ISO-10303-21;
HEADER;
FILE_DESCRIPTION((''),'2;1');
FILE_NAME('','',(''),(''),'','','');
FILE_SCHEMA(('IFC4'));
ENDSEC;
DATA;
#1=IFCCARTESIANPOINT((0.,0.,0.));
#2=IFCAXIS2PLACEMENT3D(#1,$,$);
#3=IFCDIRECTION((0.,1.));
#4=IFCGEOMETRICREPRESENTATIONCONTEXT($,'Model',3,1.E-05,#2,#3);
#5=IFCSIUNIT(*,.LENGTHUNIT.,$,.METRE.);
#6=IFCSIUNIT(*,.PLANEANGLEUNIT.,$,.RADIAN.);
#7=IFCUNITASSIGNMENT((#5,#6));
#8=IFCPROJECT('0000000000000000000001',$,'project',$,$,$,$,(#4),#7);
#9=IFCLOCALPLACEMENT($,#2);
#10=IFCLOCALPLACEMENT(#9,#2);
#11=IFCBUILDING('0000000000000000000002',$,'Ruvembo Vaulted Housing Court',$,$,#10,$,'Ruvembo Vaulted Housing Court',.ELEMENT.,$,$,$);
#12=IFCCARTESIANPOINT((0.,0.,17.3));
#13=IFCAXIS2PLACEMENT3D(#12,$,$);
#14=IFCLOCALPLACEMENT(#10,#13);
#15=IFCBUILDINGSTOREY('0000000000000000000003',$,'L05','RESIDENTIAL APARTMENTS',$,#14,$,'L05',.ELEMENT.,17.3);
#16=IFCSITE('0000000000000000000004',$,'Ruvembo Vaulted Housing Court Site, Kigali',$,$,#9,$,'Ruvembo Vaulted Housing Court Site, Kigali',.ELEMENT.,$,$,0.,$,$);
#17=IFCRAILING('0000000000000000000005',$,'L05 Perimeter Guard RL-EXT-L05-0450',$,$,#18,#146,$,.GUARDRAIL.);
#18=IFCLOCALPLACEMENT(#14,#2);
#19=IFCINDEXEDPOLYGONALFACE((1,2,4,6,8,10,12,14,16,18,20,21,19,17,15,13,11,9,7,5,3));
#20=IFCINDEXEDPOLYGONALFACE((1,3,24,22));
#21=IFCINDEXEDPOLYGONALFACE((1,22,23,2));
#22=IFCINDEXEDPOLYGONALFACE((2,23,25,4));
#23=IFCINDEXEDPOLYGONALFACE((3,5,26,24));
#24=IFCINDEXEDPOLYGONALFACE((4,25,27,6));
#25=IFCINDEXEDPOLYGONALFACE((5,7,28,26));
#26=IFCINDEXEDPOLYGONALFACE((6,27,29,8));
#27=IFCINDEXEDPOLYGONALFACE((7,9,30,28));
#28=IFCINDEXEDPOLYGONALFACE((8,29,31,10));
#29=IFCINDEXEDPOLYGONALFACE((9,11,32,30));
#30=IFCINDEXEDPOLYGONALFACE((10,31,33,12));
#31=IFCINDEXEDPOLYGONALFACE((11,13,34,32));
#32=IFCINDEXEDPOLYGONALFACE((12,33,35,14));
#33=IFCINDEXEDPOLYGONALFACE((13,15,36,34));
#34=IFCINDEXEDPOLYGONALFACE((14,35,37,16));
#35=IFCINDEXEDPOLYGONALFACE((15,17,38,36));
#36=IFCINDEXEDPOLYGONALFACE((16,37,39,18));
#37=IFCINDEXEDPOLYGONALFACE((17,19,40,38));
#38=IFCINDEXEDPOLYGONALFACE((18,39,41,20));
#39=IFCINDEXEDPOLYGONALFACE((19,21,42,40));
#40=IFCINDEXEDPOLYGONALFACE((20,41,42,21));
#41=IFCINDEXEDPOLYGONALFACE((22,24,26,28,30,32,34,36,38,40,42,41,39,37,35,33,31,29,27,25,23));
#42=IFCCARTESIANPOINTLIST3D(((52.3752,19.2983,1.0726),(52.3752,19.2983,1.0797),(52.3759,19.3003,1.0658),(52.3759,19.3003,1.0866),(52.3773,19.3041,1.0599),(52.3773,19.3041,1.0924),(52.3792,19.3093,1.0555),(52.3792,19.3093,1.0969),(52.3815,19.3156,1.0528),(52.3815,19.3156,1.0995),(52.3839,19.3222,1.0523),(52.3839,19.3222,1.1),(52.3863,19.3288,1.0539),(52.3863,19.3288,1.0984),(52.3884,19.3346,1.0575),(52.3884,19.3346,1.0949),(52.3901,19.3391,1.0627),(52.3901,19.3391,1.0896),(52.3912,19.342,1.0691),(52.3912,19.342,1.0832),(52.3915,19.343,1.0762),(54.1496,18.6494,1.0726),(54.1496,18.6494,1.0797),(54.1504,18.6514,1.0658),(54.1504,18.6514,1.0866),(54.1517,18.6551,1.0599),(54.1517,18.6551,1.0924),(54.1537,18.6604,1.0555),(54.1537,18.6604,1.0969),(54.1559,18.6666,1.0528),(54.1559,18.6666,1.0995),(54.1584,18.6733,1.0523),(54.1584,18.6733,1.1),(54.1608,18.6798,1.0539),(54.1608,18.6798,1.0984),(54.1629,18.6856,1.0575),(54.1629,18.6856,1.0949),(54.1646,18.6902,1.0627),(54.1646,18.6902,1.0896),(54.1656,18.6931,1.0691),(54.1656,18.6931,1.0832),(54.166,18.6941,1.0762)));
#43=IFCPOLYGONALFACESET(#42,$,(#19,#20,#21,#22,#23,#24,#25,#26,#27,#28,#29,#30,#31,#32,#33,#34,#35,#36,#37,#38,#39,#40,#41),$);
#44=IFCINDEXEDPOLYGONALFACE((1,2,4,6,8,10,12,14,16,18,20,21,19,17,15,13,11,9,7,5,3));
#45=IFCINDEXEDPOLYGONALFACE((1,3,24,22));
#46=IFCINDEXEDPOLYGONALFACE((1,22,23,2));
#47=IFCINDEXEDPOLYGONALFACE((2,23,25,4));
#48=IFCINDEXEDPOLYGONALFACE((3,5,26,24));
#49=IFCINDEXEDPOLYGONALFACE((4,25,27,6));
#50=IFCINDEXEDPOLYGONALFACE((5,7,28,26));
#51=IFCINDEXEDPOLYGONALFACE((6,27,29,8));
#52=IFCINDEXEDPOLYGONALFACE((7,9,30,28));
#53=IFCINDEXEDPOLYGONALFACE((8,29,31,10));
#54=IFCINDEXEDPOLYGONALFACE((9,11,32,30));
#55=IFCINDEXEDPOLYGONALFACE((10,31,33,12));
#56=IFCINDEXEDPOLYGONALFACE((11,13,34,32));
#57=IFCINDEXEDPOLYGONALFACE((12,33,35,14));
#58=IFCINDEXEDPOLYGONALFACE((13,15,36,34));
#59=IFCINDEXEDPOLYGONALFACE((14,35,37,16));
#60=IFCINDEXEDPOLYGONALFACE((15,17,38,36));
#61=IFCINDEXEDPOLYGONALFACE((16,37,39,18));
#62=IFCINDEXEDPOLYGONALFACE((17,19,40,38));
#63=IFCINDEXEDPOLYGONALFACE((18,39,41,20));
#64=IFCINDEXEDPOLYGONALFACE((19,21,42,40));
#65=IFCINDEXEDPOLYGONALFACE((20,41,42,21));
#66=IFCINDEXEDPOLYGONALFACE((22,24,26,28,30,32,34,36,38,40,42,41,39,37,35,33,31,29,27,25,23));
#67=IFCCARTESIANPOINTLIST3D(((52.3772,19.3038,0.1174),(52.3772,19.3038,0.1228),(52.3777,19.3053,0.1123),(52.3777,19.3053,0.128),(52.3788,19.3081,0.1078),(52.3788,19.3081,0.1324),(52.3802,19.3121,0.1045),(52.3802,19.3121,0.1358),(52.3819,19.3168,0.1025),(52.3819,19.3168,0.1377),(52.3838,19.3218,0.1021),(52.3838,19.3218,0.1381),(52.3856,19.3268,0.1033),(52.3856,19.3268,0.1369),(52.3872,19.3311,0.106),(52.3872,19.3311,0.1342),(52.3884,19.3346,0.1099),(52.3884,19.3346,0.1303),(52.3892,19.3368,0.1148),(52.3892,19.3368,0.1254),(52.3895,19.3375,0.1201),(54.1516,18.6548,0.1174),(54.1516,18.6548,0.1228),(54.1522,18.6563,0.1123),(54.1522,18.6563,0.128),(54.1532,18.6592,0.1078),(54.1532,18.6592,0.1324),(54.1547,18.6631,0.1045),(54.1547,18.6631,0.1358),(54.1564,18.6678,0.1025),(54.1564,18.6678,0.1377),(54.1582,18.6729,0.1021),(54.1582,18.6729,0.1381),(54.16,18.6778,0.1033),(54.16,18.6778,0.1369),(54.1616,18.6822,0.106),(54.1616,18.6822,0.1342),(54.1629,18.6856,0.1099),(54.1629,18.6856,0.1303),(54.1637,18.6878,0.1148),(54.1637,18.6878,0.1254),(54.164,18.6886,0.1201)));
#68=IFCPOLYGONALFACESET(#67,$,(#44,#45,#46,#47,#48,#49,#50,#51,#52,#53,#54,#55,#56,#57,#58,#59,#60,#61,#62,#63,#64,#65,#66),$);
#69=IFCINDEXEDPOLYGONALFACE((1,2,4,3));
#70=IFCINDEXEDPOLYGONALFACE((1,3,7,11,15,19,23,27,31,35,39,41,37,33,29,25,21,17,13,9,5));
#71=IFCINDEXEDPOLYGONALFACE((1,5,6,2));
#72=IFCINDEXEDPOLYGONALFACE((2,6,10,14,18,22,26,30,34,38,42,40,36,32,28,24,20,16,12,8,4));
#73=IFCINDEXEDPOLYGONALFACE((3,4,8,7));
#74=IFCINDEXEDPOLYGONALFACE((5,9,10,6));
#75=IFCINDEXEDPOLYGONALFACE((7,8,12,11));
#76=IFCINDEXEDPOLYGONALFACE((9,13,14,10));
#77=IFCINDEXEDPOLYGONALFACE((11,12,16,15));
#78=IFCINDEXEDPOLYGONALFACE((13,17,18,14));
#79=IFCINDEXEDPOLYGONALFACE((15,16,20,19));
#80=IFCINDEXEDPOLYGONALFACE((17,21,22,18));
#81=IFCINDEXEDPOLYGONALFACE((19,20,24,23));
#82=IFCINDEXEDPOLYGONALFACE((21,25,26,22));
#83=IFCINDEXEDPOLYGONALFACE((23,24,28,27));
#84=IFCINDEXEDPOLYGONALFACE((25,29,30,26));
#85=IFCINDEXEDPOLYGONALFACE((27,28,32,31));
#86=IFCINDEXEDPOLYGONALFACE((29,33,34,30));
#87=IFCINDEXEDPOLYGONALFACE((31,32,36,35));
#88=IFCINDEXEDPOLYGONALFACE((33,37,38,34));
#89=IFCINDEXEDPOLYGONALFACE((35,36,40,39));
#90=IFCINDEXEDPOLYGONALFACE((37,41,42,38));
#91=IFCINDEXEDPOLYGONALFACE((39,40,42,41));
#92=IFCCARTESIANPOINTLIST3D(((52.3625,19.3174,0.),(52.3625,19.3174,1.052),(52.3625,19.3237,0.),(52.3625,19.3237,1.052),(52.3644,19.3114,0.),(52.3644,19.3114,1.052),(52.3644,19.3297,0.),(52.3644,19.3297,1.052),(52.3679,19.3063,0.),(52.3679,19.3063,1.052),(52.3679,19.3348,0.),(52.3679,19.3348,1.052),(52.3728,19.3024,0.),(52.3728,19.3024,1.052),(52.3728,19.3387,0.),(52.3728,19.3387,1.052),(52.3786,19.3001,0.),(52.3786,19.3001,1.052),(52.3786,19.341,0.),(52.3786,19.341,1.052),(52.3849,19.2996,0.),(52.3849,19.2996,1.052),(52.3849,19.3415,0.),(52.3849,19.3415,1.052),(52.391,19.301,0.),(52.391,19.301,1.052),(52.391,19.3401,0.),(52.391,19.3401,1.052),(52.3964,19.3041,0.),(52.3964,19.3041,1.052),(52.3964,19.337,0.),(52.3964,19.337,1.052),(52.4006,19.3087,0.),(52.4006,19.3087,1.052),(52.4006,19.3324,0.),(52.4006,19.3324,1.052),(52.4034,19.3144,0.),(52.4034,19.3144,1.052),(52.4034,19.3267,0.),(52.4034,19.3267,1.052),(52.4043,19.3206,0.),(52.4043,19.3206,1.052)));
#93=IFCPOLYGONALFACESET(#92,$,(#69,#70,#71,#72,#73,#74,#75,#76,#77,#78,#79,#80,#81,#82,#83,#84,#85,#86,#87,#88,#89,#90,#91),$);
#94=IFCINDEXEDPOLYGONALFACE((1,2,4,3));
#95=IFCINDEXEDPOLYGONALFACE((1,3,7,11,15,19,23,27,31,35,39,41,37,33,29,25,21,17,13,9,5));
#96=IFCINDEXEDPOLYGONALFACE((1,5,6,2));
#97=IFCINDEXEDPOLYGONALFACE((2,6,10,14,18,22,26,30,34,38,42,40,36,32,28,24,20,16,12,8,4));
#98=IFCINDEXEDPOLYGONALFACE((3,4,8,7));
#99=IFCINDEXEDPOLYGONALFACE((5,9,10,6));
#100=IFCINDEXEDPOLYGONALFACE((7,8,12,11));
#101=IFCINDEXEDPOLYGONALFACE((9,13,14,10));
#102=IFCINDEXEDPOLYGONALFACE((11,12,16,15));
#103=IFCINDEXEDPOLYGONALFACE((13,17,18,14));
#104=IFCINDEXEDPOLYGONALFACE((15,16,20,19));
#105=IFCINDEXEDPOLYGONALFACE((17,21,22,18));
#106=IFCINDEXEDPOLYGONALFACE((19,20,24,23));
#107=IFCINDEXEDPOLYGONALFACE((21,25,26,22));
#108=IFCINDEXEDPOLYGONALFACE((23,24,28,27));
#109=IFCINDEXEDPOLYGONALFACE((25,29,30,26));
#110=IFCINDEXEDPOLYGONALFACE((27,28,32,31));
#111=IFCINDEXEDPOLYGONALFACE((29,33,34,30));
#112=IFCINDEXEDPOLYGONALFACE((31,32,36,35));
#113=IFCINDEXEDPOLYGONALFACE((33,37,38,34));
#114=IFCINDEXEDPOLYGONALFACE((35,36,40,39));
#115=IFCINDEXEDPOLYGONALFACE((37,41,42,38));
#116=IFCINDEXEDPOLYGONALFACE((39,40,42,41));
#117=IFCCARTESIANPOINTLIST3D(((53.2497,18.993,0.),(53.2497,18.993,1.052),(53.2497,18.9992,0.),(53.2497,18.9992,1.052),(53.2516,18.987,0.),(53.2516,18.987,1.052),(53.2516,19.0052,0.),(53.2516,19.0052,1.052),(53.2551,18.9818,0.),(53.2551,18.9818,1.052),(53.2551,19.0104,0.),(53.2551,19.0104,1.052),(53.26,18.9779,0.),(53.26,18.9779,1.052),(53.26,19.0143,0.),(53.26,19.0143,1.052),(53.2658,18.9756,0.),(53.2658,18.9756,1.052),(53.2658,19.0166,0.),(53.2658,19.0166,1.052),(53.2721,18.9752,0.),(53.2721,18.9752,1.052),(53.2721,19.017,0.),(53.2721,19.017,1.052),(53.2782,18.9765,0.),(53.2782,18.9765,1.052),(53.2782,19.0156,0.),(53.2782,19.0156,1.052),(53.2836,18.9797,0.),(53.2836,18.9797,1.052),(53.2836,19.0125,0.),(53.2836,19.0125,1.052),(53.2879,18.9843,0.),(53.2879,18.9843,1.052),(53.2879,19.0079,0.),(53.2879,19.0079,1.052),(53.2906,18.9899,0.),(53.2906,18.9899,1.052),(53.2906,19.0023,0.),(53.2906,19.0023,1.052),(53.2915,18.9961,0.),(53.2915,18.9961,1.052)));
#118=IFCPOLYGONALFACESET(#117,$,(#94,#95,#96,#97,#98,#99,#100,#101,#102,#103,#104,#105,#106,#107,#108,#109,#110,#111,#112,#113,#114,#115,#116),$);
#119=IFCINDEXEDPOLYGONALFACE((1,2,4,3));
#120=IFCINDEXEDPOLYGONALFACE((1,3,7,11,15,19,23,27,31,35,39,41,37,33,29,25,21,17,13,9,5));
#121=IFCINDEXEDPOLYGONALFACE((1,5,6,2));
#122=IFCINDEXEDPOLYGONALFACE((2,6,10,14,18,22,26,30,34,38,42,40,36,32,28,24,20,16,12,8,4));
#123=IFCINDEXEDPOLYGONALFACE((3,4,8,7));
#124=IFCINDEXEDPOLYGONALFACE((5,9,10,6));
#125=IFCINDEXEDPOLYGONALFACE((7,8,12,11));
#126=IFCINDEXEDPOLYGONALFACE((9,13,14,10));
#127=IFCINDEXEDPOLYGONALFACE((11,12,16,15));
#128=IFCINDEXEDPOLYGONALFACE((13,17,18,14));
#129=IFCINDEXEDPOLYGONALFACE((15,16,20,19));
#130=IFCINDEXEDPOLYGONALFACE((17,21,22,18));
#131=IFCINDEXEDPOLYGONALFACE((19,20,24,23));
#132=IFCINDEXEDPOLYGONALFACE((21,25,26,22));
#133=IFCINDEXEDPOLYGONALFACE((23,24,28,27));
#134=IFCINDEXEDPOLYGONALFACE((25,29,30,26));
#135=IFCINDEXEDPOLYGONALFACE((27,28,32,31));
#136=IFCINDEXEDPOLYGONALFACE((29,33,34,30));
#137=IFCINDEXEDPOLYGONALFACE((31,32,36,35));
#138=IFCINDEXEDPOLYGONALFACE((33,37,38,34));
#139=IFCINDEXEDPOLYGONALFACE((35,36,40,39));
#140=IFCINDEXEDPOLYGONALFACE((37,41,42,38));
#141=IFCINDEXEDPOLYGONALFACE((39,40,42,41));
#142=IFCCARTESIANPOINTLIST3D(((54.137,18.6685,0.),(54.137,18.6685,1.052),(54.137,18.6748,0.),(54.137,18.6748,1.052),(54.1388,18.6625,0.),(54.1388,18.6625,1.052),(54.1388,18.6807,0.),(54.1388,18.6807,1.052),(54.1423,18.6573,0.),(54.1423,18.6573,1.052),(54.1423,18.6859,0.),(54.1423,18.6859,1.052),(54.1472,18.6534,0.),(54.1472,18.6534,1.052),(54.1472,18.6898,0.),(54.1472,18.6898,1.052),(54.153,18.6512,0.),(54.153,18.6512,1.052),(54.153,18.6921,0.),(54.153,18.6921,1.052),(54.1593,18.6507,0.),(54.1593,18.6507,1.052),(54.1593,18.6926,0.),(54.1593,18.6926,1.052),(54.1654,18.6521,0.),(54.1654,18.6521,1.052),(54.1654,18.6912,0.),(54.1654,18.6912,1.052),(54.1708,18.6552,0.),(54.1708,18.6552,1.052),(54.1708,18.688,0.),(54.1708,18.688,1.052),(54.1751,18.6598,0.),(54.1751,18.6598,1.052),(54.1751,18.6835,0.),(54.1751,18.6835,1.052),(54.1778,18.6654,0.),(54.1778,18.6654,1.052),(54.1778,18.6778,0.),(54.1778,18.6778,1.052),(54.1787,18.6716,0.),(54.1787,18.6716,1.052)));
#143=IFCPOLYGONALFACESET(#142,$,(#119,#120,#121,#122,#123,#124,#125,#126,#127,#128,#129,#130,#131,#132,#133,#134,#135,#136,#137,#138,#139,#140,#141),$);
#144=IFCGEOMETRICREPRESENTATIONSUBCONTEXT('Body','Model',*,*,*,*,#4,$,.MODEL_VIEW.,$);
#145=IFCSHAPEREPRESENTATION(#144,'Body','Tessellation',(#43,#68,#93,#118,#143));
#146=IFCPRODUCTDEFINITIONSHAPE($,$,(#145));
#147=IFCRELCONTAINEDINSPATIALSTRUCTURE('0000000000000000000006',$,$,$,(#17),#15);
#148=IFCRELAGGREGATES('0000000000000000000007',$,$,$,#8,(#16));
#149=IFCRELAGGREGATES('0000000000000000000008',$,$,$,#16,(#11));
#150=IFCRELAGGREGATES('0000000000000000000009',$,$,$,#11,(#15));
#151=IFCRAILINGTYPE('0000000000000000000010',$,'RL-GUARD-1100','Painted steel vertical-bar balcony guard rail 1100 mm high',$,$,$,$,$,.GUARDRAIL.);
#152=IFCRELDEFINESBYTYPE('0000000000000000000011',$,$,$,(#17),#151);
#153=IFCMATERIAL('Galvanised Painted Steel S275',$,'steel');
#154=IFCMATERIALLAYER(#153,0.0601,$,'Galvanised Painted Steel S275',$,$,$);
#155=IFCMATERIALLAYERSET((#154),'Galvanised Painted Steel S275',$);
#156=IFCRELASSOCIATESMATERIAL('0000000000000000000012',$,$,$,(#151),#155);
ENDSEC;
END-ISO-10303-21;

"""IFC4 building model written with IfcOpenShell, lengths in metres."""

from ifc_helpers import new_model, si_unit, direction, frame, origin, origin_2d, place, context, subcontext, project, spatial, circle, extrude, material, layer, layer_set, type_object, element, save


model = new_model("IFC4")

# Units and contexts
model_context = context("Model", 3, precision=1e-05, world=origin(), true_north=direction((0.0, 1.0)))
body_context = subcontext(model_context, "Body", "Model", "MODEL_VIEW")
ifc_project = project(units=[si_unit("LENGTHUNIT", "METRE"), si_unit("PLANEANGLEUNIT", "RADIAN")], contexts=[model_context])

# Site, building, storey
site_placement = place(None, origin())
site = spatial("IfcSite", under=ifc_project, at=site_placement, Name="Ruvembo Vaulted Housing Court Site, Kigali", LongName="Ruvembo Vaulted Housing Court Site, Kigali", CompositionType="ELEMENT", RefElevation=0.0)
building_placement = place(site_placement, origin())
building = spatial("IfcBuilding", under=site, at=building_placement, Name="Ruvembo Vaulted Housing Court", LongName="Ruvembo Vaulted Housing Court", CompositionType="ELEMENT")
storey_placement = place(building_placement, frame((0.0, 0.0, 17.3)))
storey = spatial("IfcBuildingStorey", under=building, at=storey_placement, Name="L05", Description="RESIDENTIAL APARTMENTS", LongName="L05", CompositionType="ELEMENT", Elevation=17.3)

# Railing
ifc_material_1 = material(Name="Galvanised Painted Steel S275", Category="steel")
ifc_layer_1 = layer(ifc_material_1, 0.0601, Name="Galvanised Painted Steel S275")
ifc_layer_set_1 = layer_set([ifc_layer_1], Name="Galvanised Painted Steel S275")
railing_type = type_object("IfcRailingType", Name="RL-GUARD-1100", Description="Painted steel vertical-bar balcony guard rail 1100 mm high", PredefinedType="GUARDRAIL", material=ifc_layer_set_1)
railing_1_placement = place(storey_placement, frame((52.3833, 19.3206, 0.0)))
element("IfcRailing", 1, at=railing_1_placement, inside=storey, type_object=railing_type, Name="L05 Perimeter Guard RL-EXT-L05-0450", PredefinedType="GUARDRAIL", context=body_context, shape_type="SweptSolid", body=[
    extrude(circle(Radius=0.0239, at=origin_2d()), frame((0.0, 0.0, 1.0762), z_axis=(0.939166, -0.343465, 0.0), x_axis=(0.343465, 0.939166, 0.0)), (0.0, 0.0, 1.0), 1.8894),
    extrude(circle(Radius=0.0181, at=origin_2d()), frame((0.0, 0.0, 0.1201), z_axis=(0.939166, -0.343465, 0.0), x_axis=(0.343465, 0.939166, 0.0)), (0.0, 0.0, 1.0), 1.8894),
    extrude(circle(Radius=0.021, at=origin_2d()), origin(), (0.0, 0.0, 1.0), 1.052),
    extrude(circle(Radius=0.021, at=origin_2d()), frame((0.8872, -0.3245, 0.0)), (0.0, 0.0, 1.0), 1.052),
    extrude(circle(Radius=0.021, at=origin_2d()), frame((1.7744, -0.6489, 0.0)), (0.0, 0.0, 1.0), 1.052),
])

save(model, "model.ifc")
